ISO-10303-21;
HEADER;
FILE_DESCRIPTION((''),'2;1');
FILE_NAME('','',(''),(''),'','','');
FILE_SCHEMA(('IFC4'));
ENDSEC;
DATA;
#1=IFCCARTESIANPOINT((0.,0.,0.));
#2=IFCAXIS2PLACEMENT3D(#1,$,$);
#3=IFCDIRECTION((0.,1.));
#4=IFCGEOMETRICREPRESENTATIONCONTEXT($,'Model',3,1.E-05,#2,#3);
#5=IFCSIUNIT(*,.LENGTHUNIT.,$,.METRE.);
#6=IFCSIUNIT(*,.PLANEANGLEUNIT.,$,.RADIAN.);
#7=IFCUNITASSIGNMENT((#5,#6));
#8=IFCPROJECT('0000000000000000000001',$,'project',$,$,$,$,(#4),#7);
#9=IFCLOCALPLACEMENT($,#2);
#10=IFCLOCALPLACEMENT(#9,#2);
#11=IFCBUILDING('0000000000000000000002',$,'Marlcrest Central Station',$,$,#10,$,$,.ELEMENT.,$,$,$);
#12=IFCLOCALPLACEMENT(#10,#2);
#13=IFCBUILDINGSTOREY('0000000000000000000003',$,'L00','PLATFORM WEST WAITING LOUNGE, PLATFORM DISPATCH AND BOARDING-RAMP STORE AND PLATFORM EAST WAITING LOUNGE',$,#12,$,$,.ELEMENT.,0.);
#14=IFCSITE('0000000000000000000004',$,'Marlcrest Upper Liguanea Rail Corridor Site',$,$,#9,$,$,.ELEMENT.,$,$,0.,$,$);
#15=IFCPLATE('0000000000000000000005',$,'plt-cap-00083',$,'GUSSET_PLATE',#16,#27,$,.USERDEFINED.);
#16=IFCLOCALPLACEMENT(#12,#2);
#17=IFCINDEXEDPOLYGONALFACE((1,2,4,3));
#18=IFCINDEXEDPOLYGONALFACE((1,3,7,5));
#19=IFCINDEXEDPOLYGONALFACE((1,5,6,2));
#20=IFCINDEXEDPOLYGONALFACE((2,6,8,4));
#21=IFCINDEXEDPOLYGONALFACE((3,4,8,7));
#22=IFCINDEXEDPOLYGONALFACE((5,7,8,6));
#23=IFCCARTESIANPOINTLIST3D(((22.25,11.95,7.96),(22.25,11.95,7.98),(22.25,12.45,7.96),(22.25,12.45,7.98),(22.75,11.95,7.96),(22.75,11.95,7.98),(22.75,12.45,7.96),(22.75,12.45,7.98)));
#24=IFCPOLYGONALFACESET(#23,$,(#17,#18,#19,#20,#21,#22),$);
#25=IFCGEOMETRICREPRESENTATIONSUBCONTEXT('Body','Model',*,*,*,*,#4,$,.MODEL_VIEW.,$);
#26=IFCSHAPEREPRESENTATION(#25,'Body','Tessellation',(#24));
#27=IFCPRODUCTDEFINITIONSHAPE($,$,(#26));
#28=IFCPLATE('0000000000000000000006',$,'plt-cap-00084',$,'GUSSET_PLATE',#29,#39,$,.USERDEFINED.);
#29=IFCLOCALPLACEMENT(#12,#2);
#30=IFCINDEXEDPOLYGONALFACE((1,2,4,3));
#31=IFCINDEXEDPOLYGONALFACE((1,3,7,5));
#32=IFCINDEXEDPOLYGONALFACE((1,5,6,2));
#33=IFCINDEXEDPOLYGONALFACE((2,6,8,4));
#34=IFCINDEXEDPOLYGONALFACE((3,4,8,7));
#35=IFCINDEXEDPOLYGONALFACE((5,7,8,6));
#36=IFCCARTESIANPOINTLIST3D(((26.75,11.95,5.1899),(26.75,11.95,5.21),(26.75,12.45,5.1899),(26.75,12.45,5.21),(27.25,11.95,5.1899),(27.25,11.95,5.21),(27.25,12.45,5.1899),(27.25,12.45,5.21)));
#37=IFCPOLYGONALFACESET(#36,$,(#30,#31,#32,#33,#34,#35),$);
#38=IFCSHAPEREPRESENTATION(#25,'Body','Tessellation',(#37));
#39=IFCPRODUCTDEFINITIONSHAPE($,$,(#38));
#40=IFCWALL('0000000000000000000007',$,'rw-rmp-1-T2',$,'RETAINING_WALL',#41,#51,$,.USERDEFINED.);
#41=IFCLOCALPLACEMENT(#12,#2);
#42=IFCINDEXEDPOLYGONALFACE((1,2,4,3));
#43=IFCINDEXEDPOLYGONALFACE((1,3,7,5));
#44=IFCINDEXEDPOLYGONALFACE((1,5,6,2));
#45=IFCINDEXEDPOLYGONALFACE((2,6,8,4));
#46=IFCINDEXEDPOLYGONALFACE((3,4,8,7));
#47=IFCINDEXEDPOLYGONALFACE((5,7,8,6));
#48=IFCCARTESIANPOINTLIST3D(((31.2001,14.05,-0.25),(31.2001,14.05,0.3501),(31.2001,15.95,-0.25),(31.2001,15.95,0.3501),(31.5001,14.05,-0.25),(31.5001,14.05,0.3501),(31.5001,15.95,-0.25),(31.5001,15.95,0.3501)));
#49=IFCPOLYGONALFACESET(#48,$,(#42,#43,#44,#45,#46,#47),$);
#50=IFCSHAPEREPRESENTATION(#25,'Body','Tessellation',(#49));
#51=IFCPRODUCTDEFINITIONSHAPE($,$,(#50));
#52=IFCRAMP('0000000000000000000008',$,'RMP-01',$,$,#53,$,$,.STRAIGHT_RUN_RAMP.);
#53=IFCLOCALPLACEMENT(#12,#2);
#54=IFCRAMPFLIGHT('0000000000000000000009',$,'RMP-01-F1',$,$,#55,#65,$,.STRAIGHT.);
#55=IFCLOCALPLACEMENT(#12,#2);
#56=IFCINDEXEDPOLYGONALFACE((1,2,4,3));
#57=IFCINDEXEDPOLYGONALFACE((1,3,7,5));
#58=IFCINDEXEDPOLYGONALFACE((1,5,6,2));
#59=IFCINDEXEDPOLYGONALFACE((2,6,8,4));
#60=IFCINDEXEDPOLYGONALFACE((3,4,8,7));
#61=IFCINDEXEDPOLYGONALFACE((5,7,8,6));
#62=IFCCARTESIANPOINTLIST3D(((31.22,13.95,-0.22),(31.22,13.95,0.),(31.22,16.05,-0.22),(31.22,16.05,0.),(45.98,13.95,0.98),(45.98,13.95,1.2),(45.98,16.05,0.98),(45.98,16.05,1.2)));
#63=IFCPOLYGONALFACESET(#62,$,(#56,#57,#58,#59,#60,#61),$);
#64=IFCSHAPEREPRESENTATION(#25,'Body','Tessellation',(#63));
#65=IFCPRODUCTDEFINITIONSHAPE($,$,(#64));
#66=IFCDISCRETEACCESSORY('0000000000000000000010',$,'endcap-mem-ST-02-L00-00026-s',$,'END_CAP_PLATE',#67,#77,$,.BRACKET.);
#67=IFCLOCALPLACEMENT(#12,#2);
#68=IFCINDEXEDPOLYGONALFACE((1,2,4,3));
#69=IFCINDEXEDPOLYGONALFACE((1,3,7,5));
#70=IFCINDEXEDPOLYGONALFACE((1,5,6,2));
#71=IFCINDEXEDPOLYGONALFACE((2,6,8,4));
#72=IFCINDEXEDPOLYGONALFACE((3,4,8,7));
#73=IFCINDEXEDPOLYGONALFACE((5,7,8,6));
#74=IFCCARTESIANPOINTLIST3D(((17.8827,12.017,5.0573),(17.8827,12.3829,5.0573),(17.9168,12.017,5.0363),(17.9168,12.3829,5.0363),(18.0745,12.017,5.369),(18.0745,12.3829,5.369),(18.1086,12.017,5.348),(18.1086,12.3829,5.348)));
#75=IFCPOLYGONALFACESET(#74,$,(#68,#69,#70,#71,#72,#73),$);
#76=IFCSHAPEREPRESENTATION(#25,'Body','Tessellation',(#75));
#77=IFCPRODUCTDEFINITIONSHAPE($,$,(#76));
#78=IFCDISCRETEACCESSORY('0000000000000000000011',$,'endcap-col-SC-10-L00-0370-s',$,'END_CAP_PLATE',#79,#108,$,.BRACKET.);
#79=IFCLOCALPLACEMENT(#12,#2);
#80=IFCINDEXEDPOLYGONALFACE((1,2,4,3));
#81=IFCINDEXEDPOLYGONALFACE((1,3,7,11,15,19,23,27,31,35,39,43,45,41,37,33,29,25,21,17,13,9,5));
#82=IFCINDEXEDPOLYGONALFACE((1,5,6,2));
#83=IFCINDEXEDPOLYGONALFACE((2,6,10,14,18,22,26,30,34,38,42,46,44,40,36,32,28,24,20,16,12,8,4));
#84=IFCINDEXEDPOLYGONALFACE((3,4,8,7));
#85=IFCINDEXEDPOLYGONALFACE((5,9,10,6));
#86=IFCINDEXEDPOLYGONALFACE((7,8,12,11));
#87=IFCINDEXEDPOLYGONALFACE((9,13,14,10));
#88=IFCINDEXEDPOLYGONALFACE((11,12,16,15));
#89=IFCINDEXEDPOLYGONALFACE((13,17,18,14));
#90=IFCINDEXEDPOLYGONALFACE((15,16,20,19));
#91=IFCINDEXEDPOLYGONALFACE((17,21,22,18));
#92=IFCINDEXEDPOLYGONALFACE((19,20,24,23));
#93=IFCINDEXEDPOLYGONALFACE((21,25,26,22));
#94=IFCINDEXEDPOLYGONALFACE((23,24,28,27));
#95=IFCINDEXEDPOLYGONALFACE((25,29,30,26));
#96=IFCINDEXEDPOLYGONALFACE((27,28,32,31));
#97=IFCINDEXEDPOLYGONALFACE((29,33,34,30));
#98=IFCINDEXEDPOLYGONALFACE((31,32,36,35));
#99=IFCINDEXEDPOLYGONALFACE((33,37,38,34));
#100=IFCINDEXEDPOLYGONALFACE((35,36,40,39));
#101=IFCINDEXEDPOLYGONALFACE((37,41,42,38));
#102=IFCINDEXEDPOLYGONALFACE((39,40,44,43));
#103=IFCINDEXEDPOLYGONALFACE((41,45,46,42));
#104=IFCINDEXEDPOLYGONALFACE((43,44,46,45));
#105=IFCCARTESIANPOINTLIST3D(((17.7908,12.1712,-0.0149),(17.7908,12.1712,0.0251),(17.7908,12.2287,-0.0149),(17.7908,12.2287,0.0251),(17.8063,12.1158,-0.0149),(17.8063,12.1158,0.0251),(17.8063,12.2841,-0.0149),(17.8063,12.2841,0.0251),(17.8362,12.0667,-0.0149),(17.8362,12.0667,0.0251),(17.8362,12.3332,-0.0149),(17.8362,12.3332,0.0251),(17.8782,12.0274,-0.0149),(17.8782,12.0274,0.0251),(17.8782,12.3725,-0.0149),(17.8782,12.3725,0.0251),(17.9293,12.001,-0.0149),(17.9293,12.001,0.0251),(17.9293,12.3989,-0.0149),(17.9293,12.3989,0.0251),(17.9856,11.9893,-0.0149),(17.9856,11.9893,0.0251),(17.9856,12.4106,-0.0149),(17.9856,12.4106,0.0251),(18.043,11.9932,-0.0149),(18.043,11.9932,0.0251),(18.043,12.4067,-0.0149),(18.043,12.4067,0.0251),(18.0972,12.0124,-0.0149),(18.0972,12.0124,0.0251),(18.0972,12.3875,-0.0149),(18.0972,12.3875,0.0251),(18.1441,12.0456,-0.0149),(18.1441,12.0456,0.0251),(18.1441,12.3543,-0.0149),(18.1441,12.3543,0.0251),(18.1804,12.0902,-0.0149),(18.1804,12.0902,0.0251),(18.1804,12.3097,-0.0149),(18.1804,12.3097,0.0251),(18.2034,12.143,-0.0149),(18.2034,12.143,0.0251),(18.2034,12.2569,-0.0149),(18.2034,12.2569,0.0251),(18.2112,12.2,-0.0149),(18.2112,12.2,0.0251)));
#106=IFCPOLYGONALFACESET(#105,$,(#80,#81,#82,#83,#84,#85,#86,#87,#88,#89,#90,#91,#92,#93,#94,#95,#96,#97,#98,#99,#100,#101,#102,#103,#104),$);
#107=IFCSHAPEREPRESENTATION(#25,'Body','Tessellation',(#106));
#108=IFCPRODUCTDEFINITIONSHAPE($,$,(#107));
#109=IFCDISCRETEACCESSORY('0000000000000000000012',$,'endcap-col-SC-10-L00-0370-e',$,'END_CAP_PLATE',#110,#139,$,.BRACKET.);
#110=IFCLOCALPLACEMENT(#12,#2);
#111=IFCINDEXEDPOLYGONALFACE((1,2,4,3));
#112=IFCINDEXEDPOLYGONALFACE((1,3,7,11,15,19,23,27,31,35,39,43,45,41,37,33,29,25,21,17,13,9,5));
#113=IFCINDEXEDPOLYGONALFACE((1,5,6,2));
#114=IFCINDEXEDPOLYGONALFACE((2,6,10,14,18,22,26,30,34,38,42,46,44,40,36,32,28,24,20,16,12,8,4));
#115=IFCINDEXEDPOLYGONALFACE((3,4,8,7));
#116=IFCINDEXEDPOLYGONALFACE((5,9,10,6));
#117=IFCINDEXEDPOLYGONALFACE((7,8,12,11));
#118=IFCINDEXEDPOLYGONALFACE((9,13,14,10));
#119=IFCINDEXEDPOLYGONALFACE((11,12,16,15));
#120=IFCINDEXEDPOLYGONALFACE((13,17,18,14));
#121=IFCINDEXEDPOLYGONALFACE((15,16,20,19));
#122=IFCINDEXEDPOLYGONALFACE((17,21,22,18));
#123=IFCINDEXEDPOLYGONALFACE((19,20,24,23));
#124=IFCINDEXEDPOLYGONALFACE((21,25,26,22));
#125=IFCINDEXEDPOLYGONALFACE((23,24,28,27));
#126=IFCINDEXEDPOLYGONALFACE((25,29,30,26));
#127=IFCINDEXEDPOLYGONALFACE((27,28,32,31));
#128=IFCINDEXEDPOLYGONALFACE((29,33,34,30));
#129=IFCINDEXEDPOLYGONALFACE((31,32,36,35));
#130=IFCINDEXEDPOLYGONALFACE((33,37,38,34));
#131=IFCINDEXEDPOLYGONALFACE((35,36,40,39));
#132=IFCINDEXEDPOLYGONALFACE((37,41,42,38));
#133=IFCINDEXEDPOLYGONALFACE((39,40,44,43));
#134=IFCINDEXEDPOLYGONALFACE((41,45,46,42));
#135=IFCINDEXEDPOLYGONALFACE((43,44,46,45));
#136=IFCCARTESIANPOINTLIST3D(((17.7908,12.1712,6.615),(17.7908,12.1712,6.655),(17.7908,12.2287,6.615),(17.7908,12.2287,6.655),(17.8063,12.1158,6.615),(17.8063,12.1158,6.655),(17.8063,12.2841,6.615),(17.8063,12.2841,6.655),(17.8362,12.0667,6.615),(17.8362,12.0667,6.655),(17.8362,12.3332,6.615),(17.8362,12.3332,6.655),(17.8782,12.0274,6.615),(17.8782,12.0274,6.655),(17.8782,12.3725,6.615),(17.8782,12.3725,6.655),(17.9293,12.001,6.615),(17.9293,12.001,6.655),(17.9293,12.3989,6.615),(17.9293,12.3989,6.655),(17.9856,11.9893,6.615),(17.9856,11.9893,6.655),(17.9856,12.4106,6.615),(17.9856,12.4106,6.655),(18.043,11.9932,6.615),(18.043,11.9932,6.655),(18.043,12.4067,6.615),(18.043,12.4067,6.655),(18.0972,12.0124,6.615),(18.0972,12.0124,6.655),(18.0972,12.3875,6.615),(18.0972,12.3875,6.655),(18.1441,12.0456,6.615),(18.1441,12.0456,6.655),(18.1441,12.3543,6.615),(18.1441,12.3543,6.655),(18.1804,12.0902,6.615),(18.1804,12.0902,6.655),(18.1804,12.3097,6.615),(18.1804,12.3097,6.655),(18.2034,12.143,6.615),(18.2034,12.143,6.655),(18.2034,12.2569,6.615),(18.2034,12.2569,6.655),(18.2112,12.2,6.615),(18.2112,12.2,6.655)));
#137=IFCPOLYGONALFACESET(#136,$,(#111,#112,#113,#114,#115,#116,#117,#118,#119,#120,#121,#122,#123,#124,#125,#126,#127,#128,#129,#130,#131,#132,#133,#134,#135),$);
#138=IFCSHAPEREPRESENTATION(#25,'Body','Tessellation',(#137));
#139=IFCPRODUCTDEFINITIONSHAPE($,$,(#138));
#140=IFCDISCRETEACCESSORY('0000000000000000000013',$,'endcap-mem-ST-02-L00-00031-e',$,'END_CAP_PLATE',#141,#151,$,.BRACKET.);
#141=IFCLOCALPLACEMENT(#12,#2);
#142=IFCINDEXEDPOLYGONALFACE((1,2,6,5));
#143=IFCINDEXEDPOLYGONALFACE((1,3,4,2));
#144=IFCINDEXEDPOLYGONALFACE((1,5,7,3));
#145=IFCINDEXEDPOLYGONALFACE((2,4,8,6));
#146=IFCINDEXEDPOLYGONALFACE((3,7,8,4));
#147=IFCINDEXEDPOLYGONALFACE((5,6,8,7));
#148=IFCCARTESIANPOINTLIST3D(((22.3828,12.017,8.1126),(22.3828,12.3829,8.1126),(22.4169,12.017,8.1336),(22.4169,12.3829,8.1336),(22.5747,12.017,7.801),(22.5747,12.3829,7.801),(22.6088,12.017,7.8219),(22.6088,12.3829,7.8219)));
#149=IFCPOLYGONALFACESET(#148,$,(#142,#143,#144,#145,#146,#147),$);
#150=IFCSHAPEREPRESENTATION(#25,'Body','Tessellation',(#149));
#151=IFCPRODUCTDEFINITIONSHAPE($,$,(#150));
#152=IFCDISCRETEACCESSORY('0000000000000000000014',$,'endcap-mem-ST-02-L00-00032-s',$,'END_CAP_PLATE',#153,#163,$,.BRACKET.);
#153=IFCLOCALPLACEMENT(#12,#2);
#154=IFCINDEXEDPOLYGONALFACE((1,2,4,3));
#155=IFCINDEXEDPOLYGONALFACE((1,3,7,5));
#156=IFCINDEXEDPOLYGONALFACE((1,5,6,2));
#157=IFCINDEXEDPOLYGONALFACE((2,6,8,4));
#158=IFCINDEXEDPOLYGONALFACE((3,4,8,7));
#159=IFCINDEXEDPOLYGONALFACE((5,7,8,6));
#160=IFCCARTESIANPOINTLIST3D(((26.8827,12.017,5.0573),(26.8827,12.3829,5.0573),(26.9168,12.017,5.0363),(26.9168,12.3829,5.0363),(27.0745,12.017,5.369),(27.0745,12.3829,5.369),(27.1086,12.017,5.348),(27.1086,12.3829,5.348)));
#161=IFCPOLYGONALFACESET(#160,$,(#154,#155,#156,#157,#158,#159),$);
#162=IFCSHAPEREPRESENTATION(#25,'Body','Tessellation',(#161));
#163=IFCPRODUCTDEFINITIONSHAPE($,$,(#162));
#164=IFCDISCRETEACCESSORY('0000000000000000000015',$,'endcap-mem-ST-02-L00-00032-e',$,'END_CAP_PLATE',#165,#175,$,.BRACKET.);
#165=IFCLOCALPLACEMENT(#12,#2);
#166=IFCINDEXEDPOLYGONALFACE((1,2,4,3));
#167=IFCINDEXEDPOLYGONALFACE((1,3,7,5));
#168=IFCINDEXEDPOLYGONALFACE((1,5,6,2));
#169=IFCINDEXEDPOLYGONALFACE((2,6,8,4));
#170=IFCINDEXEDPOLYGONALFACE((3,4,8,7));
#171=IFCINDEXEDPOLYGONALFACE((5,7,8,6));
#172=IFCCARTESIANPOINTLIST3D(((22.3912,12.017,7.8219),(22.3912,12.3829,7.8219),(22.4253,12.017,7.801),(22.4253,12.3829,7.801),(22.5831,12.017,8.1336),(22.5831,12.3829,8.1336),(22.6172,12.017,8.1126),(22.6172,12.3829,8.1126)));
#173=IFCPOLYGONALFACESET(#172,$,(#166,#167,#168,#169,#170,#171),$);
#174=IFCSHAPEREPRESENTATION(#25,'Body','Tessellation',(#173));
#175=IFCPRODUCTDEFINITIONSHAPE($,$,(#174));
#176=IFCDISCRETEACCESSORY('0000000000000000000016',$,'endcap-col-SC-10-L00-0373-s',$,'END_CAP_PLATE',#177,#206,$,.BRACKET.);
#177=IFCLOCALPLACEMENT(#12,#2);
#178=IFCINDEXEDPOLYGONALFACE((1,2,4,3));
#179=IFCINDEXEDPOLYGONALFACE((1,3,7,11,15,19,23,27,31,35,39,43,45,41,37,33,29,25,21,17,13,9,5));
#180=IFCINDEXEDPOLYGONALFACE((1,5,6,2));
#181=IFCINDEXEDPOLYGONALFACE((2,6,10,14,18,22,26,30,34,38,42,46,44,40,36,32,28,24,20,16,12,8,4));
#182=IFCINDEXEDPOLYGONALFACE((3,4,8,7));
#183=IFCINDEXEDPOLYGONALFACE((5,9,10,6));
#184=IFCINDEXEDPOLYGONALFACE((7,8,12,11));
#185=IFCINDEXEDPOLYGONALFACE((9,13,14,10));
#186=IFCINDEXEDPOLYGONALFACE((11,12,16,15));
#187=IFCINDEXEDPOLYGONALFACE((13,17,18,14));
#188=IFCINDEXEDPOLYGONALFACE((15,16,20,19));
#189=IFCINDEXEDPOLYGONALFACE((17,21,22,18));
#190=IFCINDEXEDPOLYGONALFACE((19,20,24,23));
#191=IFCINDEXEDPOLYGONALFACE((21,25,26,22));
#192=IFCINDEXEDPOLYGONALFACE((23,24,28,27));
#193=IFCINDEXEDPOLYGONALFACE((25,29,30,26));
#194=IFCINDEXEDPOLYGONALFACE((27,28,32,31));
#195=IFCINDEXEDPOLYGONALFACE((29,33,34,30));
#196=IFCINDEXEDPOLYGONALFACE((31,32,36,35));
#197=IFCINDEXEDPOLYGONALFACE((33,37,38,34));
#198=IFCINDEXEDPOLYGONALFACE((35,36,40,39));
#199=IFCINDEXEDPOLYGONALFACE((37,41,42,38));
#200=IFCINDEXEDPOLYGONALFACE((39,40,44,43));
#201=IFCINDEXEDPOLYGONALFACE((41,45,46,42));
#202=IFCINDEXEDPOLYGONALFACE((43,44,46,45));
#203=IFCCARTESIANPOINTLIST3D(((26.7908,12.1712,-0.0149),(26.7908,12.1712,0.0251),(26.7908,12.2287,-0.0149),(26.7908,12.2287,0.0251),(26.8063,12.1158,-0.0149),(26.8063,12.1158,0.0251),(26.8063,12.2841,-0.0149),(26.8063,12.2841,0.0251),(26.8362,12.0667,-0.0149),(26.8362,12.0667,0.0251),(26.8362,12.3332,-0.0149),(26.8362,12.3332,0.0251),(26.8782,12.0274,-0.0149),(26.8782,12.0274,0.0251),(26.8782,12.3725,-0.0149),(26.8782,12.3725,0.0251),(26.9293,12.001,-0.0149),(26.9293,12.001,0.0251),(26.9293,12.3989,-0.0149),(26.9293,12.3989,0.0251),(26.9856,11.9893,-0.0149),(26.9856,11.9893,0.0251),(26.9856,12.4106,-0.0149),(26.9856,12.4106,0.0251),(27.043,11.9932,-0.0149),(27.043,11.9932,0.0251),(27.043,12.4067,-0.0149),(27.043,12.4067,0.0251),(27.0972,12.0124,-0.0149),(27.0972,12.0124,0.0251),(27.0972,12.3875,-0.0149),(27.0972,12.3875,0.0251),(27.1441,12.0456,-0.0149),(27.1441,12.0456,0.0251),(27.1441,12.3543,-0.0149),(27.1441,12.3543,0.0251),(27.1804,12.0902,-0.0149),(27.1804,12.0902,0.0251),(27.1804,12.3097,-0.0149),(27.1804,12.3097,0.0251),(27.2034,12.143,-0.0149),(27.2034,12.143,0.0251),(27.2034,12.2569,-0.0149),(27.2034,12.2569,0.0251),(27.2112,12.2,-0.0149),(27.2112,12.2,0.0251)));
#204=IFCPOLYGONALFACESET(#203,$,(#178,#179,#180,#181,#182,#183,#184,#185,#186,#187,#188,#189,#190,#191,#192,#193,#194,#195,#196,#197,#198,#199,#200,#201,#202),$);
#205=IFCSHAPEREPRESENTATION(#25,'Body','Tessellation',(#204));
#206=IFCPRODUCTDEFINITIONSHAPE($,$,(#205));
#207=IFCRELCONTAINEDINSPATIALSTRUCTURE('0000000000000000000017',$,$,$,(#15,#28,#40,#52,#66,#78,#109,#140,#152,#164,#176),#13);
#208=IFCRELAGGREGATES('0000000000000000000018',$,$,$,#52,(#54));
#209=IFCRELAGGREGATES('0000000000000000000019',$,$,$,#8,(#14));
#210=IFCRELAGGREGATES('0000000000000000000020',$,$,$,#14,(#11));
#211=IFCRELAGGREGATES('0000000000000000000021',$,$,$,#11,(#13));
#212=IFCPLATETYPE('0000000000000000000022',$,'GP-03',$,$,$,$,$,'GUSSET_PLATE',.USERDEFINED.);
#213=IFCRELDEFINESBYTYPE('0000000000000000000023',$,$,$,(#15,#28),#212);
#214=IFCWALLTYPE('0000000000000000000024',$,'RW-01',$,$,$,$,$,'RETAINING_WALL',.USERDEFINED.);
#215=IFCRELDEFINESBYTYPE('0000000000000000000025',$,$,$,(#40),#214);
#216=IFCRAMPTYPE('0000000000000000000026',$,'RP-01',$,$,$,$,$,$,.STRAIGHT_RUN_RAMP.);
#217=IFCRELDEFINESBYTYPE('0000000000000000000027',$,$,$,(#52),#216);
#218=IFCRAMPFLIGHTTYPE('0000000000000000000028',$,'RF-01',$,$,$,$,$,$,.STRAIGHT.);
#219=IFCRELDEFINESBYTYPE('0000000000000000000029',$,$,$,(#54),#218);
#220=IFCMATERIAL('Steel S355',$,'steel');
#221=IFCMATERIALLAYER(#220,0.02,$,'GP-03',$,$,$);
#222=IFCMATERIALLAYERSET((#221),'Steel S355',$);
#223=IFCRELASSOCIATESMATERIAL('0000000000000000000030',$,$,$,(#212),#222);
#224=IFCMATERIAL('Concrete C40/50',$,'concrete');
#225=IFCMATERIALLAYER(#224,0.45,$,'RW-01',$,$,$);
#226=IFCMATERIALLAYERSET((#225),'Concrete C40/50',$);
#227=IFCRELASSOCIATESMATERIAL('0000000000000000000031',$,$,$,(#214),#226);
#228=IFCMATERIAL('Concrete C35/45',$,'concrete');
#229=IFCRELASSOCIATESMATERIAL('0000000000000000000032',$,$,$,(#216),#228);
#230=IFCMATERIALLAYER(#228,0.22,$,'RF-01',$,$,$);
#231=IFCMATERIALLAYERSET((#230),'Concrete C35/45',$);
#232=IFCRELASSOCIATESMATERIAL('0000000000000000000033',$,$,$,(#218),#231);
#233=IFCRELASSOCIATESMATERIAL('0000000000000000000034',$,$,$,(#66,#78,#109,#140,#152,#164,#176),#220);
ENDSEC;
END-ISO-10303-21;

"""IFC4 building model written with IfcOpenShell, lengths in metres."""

from ifc_helpers import new_model, si_unit, direction, frame, frame_2d, origin, origin_2d, place, context, subcontext, project, spatial, polyline, rectangle, circle, outline, extrude, material, layer, layer_set, type_object, element, aggregate, save


model = new_model("IFC4")

# Units and contexts
model_context = context("Model", 3, precision=1e-05, world=origin(), true_north=direction((0.0, 1.0)))
body_context = subcontext(model_context, "Body", "Model", "MODEL_VIEW")
ifc_project = project(units=[si_unit("LENGTHUNIT", "METRE"), si_unit("PLANEANGLEUNIT", "RADIAN")], contexts=[model_context])

# Site, building, storey
site_placement = place(None, origin())
site = spatial("IfcSite", under=ifc_project, at=site_placement, Name="Marlcrest Upper Liguanea Rail Corridor Site", CompositionType="ELEMENT", RefElevation=0.0)
building_placement = place(site_placement, origin())
building = spatial("IfcBuilding", under=site, at=building_placement, Name="Marlcrest Central Station", CompositionType="ELEMENT")
storey_placement = place(building_placement, origin())
storey = spatial("IfcBuildingStorey", under=building, at=storey_placement, Name="L00", Description="PLATFORM WEST WAITING LOUNGE, PLATFORM DISPATCH AND BOARDING-RAMP STORE AND PLATFORM EAST WAITING LOUNGE", CompositionType="ELEMENT", Elevation=0.0)

# Shared definitions
ifc_material_1 = material(Name="Concrete C35/45", Category="concrete")

# Shared definitions
ifc_material_2 = material(Name="Concrete C40/50", Category="concrete")

# Shared definitions
ifc_material_3 = material(Name="Steel S355", Category="steel")

# Plates
ifc_layer_1 = layer(ifc_material_3, 0.02, Name="GP-03")
ifc_layer_set_1 = layer_set([ifc_layer_1], Name="Steel S355")
plate_type = type_object("IfcPlateType", Name="GP-03", ElementType="GUSSET_PLATE", PredefinedType="USERDEFINED", material=ifc_layer_set_1)
for number, where, z_axis, x_axis, name in (
    (1, (22.5, 12.2, 7.96), (0.0, 0.0, 1.0), (1.0, 0.0, 0.0), "plt-cap-00083"),
    (2, (27.0, 12.2, 5.1899), (0.0, 0.0, 1.0), (1.0, 0.0, 0.0), "plt-cap-00084"),
):
    element("IfcPlate", number, at=place(storey_placement, frame(where, z_axis=z_axis, x_axis=x_axis)), inside=storey, type_object=plate_type, Name=name, ObjectType="GUSSET_PLATE", PredefinedType="USERDEFINED", context=body_context, shape_type="SweptSolid", body=[
        extrude(rectangle(XDim=0.5, YDim=0.5, at=origin_2d()), origin(), (0.0, 0.0, 1.0), 0.02),
    ])

# Wall
ifc_layer_2 = layer(ifc_material_2, 0.45, Name="RW-01")
ifc_layer_set_2 = layer_set([ifc_layer_2], Name="Concrete C40/50")
wall_type = type_object("IfcWallType", Name="RW-01", ElementType="RETAINING_WALL", PredefinedType="USERDEFINED", material=ifc_layer_set_2)
wall_placement = place(storey_placement, frame((31.3501, 14.05, -0.25), z_axis=(0.0, 0.0, 1.0), x_axis=(0.0, 1.0, 0.0)))
element("IfcWall", 3, at=wall_placement, inside=storey, type_object=wall_type, Name="rw-rmp-1-T2", ObjectType="RETAINING_WALL", PredefinedType="USERDEFINED", context=body_context, shape_type="SweptSolid", body=[
    extrude(rectangle(XDim=1.8999, YDim=0.3, at=frame_2d((0.95, 0.0))), origin(), (0.0, 0.0, 1.0), 0.6001),
])

# Ramp, ramp flight
ramp_type = type_object("IfcRampType", Name="RP-01", PredefinedType="STRAIGHT_RUN_RAMP", material=ifc_material_1)
ramp_placement = place(storey_placement, origin())
ramp = element("IfcRamp", 4, at=ramp_placement, inside=storey, type_object=ramp_type, Name="RMP-01", PredefinedType="STRAIGHT_RUN_RAMP")
ifc_layer_3 = layer(ifc_material_1, 0.22, Name="RF-01")
ifc_layer_set_3 = layer_set([ifc_layer_3], Name="Concrete C35/45")
ramp_flight_type = type_object("IfcRampFlightType", Name="RF-01", PredefinedType="STRAIGHT", material=ifc_layer_set_3)
ramp_flight_placement = place(storey_placement, frame((31.22, 15.0, 0.0), z_axis=(0.0, 0.0, 1.0), x_axis=(1.0, 0.0, 0.0)))
ramp_flight = element("IfcRampFlight", 5, at=ramp_flight_placement, type_object=ramp_flight_type, Name="RMP-01-F1", PredefinedType="STRAIGHT", context=body_context, shape_type="SweptSolid", body=[
    extrude(outline(polyline([(0.0, -0.22), (0.0, 0.0), (14.76, 1.2), (14.76, 0.98), (0.0, -0.22)])), frame((0.0, 1.05, 0.0), z_axis=(0.0, -1.0, 0.0), x_axis=(1.0, 0.0, 0.0)), (0.0, 0.0, 1.0), 2.1001),
])
aggregate(ramp, [ramp_flight])

# Discrete accessories
discrete_accessory_placement = place(storey_placement, frame((18.0127, 12.2, 5.1921), z_axis=(-0.851592, 0.0, 0.524206), x_axis=(0.0, -1.0, 0.0)))
element("IfcDiscreteAccessory", 6, at=discrete_accessory_placement, inside=storey, material=ifc_material_3, Name="endcap-mem-ST-02-L00-00026-s", ObjectType="END_CAP_PLATE", PredefinedType="BRACKET", context=body_context, shape_type="SweptSolid", body=[
    extrude(rectangle(XDim=0.366, YDim=0.366, at=origin_2d()), origin(), (0.0, 0.0, 1.0), 0.04),
])
for number, where, z_axis, x_axis, name in (
    (7, (18.0, 12.2, -0.0149), (0.0, 0.0, 1.0), (1.0, 0.0, 0.0), "endcap-col-SC-10-L00-0370-s"),
    (8, (18.0, 12.2, 6.615), (0.0, 0.0, 1.0), (1.0, 0.0, 0.0), "endcap-col-SC-10-L00-0370-e"),
):
    element("IfcDiscreteAccessory", number, at=place(storey_placement, frame(where, z_axis=z_axis, x_axis=x_axis)), inside=storey, material=ifc_material_3, Name=name, ObjectType="END_CAP_PLATE", PredefinedType="BRACKET", context=body_context, shape_type="SweptSolid", body=[
        extrude(circle(Radius=0.2112, at=origin_2d()), origin(), (0.0, 0.0, 1.0), 0.04),
    ])
for number, where, z_axis, x_axis, name in (
    (9, (22.4788, 12.2, 7.9568), (0.851592, 0.0, 0.524206), (0.0, 1.0, 0.0), "endcap-mem-ST-02-L00-00031-e"),
    (10, (27.0127, 12.2, 5.1921), (-0.851592, 0.0, 0.524206), (0.0, -1.0, 0.0), "endcap-mem-ST-02-L00-00032-s"),
    (11, (22.5212, 12.2, 7.9568), (-0.851592, 0.0, 0.524206), (0.0, -1.0, 0.0), "endcap-mem-ST-02-L00-00032-e"),
):
    element("IfcDiscreteAccessory", number, at=place(storey_placement, frame(where, z_axis=z_axis, x_axis=x_axis)), inside=storey, material=ifc_material_3, Name=name, ObjectType="END_CAP_PLATE", PredefinedType="BRACKET", context=body_context, shape_type="SweptSolid", body=[
        extrude(rectangle(XDim=0.366, YDim=0.366, at=origin_2d()), origin(), (0.0, 0.0, 1.0), 0.04),
    ])
for number, where, z_axis, x_axis, name in (
    (12, (27.0, 12.2, -0.0149), (0.0, 0.0, 1.0), (1.0, 0.0, 0.0), "endcap-col-SC-10-L00-0373-s"),
):
    element("IfcDiscreteAccessory", number, at=place(storey_placement, frame(where, z_axis=z_axis, x_axis=x_axis)), inside=storey, material=ifc_material_3, Name=name, ObjectType="END_CAP_PLATE", PredefinedType="BRACKET", context=body_context, shape_type="SweptSolid", body=[
        extrude(circle(Radius=0.2112, at=origin_2d()), origin(), (0.0, 0.0, 1.0), 0.04),
    ])

save(model, "model.ifc")
